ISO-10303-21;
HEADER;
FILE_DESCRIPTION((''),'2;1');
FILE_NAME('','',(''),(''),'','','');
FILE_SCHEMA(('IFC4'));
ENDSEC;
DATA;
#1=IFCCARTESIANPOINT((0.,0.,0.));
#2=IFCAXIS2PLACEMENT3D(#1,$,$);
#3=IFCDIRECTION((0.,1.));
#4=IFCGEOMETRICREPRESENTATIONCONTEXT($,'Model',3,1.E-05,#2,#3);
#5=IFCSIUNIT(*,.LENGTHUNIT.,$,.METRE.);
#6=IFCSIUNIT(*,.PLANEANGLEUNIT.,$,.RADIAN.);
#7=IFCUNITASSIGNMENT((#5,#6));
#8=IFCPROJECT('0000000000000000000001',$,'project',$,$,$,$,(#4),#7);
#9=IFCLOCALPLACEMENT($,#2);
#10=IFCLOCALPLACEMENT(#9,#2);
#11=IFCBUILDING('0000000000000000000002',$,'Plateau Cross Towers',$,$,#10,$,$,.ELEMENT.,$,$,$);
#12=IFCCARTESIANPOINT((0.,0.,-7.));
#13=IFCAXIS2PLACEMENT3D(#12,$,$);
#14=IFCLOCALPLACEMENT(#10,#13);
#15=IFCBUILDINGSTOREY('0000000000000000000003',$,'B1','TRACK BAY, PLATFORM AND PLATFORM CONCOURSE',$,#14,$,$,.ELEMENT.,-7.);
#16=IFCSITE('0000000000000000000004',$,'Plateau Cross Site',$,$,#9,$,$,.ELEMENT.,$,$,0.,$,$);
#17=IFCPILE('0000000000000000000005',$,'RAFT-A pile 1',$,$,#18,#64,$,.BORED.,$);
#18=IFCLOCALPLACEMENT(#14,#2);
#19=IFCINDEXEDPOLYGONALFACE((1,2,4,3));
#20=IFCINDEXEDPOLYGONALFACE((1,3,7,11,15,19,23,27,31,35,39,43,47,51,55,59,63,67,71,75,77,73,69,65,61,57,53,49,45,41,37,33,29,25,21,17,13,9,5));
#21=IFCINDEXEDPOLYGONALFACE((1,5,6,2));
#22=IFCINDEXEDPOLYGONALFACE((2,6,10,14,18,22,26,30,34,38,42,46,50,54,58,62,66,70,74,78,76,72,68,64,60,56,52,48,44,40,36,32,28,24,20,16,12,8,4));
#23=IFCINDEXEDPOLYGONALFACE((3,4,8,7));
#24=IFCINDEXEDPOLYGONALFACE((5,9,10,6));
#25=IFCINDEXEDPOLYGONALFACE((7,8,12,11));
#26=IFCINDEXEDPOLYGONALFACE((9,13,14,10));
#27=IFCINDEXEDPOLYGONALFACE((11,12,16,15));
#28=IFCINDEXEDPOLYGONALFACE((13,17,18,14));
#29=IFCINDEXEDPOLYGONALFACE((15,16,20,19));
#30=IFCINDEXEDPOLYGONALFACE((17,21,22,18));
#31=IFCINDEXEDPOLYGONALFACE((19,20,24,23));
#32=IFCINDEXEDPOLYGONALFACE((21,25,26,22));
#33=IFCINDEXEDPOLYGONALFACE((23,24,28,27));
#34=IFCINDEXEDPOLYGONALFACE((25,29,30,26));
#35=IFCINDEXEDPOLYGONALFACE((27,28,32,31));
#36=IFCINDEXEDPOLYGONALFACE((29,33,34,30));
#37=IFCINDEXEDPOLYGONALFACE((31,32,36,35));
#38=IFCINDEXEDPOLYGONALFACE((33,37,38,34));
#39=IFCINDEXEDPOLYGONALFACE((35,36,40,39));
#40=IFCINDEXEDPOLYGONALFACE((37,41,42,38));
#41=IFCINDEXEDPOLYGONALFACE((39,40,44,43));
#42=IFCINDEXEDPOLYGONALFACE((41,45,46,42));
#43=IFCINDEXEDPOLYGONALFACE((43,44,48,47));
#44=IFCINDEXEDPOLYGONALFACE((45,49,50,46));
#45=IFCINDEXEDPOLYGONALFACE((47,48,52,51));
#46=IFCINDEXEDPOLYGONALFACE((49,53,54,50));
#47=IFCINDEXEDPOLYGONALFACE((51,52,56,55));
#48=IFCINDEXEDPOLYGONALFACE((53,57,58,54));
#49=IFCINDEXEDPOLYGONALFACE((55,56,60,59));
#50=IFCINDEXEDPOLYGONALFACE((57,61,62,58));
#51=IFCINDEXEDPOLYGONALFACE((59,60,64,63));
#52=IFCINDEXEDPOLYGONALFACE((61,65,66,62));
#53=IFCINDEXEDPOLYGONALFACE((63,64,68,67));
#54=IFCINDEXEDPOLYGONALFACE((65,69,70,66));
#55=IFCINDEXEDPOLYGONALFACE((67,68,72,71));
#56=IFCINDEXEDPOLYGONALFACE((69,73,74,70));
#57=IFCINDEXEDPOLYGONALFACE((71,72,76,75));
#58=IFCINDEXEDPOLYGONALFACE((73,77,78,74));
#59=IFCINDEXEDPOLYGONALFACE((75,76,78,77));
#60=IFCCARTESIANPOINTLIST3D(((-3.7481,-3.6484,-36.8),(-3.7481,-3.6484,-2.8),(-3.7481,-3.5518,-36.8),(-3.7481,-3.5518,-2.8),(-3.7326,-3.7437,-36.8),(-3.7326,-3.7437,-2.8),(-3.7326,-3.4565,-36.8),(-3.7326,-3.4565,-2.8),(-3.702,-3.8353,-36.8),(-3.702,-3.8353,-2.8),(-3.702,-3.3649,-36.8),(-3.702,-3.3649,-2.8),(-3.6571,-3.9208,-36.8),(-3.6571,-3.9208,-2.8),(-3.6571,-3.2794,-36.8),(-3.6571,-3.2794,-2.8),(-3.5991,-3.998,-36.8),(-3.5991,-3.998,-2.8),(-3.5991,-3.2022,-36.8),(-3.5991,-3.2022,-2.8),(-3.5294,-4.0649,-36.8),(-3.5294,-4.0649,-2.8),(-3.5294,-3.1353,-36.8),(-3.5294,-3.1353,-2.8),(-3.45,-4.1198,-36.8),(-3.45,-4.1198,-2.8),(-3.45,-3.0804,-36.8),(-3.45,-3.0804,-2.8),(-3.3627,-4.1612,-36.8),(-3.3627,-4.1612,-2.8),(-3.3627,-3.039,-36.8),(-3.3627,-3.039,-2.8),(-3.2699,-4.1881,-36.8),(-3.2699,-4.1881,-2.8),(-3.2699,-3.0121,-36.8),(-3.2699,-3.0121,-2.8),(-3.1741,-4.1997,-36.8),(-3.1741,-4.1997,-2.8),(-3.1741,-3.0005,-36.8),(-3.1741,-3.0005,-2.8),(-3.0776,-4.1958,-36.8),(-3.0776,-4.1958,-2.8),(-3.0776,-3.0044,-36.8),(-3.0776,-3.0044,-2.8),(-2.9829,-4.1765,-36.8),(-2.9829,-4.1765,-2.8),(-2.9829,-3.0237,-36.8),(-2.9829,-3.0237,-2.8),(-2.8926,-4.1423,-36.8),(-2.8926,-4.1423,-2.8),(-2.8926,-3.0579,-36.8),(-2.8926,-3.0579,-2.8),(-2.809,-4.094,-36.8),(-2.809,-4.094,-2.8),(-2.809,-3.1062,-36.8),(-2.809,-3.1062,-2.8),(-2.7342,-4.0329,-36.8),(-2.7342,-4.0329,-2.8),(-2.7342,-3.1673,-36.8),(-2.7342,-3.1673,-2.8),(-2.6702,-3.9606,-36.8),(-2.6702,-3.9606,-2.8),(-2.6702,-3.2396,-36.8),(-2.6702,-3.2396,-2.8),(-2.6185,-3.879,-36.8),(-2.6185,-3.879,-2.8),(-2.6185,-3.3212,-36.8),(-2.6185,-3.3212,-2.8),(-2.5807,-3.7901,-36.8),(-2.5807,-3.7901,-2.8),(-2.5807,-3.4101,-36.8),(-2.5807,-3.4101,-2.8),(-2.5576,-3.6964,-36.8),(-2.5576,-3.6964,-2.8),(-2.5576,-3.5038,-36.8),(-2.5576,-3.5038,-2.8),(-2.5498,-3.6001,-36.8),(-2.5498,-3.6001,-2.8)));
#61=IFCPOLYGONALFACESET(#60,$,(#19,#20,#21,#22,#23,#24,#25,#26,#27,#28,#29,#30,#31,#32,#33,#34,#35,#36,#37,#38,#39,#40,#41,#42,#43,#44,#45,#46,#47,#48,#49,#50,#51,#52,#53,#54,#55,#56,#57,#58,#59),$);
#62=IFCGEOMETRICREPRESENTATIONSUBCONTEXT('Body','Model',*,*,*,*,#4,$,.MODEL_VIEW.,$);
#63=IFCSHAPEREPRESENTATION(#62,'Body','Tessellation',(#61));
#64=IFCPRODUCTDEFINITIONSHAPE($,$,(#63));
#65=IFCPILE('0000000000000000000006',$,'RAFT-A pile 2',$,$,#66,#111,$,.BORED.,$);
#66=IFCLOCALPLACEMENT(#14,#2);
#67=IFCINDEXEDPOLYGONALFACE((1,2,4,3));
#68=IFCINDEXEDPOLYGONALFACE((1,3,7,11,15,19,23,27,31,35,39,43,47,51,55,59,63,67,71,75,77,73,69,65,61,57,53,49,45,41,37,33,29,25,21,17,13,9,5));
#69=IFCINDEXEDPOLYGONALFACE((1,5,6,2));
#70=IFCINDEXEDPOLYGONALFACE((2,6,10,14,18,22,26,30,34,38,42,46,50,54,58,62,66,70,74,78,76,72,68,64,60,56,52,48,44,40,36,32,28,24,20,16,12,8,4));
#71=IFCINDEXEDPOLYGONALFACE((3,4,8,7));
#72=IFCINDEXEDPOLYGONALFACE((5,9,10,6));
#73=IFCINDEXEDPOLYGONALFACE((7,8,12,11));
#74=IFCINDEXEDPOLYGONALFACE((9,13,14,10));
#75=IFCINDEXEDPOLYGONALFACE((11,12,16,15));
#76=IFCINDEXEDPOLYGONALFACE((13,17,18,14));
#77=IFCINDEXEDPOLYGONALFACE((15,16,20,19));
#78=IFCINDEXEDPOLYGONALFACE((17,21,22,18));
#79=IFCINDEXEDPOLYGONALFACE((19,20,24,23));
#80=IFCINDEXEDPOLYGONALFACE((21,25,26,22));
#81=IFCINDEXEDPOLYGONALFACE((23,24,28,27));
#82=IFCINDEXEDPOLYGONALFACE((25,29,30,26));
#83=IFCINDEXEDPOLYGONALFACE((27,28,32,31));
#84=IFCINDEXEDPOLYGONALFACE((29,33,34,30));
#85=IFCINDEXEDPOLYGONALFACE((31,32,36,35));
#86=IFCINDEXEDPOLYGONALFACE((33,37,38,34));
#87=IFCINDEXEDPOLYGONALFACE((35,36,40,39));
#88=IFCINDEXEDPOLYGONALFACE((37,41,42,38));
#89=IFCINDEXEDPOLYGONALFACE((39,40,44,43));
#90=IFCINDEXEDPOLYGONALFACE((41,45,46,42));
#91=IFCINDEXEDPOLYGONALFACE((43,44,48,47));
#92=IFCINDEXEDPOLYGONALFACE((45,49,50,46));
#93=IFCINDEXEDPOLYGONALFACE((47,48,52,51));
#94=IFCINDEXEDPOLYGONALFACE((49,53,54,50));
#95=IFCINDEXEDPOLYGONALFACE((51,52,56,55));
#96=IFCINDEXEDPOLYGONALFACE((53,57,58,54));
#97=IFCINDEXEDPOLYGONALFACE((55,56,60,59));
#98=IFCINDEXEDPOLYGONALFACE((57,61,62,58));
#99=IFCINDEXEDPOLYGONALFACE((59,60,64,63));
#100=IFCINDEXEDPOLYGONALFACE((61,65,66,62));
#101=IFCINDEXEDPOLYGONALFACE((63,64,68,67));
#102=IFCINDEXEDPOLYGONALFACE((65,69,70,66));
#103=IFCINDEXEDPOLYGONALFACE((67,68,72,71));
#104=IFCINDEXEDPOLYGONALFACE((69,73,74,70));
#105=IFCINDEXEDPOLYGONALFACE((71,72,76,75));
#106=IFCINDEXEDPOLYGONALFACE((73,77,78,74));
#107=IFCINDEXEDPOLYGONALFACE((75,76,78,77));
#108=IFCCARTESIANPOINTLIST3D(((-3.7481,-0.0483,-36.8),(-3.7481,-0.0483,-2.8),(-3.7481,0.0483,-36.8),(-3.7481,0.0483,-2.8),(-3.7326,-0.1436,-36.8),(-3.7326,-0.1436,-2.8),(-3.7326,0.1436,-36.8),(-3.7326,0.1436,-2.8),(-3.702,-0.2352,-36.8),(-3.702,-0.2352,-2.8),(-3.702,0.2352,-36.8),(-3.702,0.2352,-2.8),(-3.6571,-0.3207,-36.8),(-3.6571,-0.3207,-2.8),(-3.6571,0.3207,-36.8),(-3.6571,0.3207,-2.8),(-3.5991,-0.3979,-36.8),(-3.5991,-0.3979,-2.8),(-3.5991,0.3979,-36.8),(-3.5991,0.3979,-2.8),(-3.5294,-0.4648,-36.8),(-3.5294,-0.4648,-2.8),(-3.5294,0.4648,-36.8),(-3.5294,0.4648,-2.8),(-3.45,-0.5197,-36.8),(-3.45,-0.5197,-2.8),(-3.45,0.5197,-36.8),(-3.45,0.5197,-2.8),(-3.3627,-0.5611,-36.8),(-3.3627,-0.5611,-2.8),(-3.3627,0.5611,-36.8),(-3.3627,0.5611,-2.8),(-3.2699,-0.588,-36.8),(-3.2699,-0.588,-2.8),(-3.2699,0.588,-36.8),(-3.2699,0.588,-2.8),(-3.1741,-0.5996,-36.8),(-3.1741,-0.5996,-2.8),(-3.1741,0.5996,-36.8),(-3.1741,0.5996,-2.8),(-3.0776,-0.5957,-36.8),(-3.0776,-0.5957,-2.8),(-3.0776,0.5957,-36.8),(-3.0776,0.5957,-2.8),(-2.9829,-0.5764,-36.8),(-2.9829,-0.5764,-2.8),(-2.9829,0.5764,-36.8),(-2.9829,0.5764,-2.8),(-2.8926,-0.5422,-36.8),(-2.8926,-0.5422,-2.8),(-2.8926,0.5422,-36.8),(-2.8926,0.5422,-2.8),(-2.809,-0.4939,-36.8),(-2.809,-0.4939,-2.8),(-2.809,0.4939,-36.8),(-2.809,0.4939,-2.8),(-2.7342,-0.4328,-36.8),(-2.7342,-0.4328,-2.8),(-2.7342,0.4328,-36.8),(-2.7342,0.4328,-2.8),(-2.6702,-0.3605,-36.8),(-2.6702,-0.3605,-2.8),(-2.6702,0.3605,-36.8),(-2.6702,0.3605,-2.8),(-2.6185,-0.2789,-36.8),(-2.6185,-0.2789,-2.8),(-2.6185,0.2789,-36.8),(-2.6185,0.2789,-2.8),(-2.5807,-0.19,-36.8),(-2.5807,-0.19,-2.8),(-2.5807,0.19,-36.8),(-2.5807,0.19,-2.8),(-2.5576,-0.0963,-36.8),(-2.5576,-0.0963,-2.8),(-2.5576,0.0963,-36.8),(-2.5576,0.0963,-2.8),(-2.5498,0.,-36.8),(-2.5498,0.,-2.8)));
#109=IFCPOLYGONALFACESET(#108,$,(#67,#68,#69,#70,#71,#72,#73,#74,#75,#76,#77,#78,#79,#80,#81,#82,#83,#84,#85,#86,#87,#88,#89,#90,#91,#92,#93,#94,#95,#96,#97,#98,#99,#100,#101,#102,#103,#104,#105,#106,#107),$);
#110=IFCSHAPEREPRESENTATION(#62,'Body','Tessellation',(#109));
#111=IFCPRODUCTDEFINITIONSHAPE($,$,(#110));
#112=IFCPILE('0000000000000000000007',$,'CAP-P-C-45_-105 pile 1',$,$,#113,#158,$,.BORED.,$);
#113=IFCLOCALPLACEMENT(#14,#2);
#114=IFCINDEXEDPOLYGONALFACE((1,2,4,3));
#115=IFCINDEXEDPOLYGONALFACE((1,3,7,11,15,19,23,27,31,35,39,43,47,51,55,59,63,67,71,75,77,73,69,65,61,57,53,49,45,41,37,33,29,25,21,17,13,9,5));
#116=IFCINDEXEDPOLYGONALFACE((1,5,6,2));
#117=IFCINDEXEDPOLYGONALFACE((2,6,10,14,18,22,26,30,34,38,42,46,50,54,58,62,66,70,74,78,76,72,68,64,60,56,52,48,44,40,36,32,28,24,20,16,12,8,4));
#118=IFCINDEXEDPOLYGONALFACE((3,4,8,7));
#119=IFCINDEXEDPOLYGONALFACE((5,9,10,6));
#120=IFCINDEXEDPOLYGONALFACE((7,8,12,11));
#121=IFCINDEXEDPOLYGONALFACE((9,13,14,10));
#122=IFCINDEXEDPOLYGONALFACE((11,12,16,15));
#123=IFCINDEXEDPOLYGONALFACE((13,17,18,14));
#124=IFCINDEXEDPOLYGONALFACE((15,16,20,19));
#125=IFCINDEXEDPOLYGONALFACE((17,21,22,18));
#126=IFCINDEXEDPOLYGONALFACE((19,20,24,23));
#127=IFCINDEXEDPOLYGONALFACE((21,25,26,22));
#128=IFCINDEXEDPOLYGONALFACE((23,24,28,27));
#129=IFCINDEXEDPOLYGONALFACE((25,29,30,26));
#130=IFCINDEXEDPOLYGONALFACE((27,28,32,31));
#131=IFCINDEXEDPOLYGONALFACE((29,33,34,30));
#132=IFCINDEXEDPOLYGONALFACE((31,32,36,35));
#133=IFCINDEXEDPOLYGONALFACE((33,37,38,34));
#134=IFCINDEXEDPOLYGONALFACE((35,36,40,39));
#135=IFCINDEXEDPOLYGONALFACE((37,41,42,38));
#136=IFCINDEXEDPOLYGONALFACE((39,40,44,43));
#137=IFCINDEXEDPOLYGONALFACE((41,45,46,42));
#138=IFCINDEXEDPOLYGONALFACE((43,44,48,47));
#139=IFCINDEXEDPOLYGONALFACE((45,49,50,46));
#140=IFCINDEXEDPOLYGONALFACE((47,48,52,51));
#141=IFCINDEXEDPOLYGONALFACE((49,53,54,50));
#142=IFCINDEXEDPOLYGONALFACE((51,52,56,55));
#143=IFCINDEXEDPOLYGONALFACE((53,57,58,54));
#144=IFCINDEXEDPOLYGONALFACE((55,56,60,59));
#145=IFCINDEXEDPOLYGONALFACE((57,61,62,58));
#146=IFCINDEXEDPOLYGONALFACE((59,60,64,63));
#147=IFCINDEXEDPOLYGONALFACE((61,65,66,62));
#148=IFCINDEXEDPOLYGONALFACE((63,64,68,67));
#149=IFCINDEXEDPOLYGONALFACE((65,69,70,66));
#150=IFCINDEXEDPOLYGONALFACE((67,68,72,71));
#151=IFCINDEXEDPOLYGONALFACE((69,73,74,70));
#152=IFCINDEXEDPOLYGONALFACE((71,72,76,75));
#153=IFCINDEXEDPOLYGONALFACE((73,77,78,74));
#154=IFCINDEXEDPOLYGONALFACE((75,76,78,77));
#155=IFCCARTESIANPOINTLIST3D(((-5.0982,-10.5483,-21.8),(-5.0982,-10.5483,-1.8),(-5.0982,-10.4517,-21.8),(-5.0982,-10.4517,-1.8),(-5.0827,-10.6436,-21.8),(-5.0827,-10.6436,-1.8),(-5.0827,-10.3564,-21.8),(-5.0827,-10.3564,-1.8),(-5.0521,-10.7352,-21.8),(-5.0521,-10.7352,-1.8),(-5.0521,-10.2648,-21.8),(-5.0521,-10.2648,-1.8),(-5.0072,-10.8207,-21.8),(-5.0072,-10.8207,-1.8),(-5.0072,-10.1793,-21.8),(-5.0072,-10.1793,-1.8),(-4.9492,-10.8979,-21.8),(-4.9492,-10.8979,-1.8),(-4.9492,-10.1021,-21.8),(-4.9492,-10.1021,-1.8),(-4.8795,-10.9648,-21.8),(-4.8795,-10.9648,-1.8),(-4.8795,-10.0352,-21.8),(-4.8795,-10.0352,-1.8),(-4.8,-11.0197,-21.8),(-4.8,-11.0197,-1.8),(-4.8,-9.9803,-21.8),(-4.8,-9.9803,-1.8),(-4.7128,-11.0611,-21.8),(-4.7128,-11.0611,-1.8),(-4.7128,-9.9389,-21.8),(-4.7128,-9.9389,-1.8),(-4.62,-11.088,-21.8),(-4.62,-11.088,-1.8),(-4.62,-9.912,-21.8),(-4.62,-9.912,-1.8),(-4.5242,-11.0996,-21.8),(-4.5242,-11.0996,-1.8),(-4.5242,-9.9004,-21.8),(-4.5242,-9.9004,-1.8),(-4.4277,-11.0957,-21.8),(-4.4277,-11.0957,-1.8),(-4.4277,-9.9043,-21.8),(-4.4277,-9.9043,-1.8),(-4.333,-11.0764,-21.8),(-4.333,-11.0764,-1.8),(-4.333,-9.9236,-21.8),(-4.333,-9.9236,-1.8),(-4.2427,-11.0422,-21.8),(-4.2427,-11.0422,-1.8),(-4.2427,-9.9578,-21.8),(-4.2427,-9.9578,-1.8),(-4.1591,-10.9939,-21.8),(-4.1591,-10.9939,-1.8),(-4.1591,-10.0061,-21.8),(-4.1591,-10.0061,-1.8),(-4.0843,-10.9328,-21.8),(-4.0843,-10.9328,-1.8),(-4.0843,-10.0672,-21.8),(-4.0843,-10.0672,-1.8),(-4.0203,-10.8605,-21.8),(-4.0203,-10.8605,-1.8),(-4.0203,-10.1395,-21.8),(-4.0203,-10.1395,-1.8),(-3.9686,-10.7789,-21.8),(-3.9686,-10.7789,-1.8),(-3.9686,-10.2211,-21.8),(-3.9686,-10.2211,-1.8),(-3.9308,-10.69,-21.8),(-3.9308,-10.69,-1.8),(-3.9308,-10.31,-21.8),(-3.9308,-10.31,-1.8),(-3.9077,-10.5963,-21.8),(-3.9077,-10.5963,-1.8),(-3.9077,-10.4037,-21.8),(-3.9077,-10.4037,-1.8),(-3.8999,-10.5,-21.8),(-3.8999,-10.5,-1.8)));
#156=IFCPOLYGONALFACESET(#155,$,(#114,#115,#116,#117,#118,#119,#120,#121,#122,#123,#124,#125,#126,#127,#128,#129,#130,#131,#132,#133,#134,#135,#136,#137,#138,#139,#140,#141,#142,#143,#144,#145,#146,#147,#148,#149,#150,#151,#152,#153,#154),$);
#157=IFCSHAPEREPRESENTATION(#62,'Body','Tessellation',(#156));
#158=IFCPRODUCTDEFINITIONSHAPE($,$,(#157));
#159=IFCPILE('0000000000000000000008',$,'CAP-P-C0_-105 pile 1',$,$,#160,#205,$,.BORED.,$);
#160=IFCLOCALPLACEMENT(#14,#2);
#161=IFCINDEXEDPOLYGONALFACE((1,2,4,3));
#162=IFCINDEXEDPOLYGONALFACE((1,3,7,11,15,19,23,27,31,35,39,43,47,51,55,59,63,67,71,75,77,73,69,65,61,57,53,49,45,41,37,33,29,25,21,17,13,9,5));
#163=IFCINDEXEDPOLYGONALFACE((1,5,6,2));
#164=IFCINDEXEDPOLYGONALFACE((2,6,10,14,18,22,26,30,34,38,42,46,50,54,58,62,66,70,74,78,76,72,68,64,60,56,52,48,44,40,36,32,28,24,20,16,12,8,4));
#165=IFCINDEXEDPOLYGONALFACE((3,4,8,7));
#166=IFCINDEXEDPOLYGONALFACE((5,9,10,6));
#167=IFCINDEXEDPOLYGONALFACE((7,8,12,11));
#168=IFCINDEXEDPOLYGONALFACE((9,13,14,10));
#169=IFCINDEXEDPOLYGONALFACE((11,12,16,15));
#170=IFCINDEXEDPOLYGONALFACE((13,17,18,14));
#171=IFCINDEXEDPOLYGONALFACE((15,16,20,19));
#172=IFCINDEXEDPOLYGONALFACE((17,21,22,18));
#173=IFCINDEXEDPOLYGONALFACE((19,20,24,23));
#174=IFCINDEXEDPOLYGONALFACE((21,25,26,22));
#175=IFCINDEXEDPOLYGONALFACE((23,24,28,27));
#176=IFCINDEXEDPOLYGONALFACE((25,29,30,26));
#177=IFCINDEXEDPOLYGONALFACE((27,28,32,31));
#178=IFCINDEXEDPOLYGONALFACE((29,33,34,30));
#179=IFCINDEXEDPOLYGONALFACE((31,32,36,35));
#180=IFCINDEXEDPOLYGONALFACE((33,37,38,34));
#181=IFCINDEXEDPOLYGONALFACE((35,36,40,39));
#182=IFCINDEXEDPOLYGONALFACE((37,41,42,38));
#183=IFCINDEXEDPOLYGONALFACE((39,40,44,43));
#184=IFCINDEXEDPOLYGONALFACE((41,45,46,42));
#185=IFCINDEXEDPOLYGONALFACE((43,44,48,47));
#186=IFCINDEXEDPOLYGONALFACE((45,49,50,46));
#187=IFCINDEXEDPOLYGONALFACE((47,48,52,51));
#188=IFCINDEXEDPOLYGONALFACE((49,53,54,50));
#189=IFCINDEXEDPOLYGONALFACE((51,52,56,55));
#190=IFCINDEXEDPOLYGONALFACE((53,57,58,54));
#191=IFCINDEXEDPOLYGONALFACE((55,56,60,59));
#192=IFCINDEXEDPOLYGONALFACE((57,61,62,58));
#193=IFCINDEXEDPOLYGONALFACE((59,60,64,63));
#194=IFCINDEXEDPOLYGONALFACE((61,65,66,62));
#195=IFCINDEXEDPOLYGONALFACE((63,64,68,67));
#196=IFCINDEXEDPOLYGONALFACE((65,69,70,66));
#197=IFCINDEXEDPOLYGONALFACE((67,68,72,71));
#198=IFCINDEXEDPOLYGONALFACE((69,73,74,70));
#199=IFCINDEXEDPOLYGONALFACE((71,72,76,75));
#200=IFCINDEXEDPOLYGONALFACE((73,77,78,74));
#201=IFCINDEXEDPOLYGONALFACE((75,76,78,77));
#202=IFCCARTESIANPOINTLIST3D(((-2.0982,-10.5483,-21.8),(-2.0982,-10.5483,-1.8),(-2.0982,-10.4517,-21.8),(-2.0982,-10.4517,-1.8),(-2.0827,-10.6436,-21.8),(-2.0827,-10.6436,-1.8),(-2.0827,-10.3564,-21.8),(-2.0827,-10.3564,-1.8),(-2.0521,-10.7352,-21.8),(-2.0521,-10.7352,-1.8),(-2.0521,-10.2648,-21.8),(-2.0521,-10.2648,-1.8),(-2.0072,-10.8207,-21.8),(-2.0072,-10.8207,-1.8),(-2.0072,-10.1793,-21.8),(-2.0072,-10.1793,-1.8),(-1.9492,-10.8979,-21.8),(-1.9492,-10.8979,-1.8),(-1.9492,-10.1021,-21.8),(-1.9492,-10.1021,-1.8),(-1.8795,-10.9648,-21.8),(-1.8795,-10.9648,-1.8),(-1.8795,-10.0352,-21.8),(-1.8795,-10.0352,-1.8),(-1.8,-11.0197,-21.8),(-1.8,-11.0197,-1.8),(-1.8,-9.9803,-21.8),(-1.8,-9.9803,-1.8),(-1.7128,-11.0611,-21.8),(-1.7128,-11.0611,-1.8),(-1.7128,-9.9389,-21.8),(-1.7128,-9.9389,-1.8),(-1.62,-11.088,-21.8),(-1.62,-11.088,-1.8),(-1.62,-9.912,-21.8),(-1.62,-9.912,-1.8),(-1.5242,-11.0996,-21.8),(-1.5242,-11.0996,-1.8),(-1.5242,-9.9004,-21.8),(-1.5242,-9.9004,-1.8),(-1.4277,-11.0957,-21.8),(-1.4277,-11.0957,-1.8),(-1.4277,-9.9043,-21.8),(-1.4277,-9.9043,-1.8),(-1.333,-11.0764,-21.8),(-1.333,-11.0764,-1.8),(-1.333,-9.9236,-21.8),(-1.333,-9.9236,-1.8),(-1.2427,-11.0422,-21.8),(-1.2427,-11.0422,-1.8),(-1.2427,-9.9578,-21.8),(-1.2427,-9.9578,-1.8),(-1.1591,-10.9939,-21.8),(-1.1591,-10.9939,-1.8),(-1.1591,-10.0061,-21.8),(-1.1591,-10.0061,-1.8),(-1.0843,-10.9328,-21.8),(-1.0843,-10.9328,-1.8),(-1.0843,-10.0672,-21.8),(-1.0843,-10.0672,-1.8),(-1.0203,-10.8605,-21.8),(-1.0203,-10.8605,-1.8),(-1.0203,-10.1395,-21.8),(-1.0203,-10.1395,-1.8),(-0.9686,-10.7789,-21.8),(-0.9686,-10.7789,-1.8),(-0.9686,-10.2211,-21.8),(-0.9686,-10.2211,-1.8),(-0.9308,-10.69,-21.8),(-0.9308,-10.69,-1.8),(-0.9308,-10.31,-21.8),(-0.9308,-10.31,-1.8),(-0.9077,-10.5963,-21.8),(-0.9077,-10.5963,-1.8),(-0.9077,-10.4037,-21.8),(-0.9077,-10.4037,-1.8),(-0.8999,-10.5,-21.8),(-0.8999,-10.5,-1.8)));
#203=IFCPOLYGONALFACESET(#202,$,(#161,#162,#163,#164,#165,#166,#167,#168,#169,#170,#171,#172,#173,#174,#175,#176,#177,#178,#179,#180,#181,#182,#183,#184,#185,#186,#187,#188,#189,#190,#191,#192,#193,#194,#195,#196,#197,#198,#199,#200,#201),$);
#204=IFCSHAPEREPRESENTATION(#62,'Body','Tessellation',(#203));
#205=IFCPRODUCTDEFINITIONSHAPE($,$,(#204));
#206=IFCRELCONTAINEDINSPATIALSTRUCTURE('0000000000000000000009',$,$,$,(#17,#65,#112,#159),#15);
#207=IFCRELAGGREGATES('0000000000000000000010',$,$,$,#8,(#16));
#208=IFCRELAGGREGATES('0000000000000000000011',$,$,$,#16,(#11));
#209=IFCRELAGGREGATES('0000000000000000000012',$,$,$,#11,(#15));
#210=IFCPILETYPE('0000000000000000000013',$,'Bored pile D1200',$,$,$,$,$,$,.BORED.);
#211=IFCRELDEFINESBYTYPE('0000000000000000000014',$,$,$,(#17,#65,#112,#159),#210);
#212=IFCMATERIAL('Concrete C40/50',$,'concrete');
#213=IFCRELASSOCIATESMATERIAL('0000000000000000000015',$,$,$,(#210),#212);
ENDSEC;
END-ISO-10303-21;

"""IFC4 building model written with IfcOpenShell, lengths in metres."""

from ifc_helpers import new_model, si_unit, direction, frame, origin, origin_2d, place, context, subcontext, project, spatial, circle, extrude, material, material_profile, profile_set, type_object, element, save


model = new_model("IFC4")

# Units and contexts
model_context = context("Model", 3, precision=1e-05, world=origin(), true_north=direction((0.0, 1.0)))
body_context = subcontext(model_context, "Body", "Model", "MODEL_VIEW")
ifc_project = project(units=[si_unit("LENGTHUNIT", "METRE"), si_unit("PLANEANGLEUNIT", "RADIAN")], contexts=[model_context])

# Site, building, storey
site_placement = place(None, origin())
site = spatial("IfcSite", under=ifc_project, at=site_placement, Name="Plateau Cross Site", CompositionType="ELEMENT", RefElevation=0.0)
building_placement = place(site_placement, origin())
building = spatial("IfcBuilding", under=site, at=building_placement, Name="Plateau Cross Towers", CompositionType="ELEMENT")
storey_placement = place(building_placement, frame((0.0, 0.0, -7.0)))
storey = spatial("IfcBuildingStorey", under=building, at=storey_placement, Name="B1", Description="TRACK BAY, PLATFORM AND PLATFORM CONCOURSE", CompositionType="ELEMENT", Elevation=-7.0)

# Piles
ifc_material_1 = material(Name="Concrete C40/50", Category="concrete")
ifc_material_profile_1 = material_profile(ifc_material_1, circle(Radius=0.6001, at=origin_2d()), Name="Bored pile D1200")
ifc_profile_set_1 = profile_set([ifc_material_profile_1], Name="Concrete C40/50")
pile_type = type_object("IfcPileType", Name="Bored pile D1200", PredefinedType="BORED", material=ifc_profile_set_1)
for number, where, z_axis, x_axis, name in (
    (1, (-3.1499, -3.6001, -2.8), (0.0, 0.0, -1.0), (1.0, 0.0, 0.0), "RAFT-A pile 1"),
    (2, (-3.1499, 0.0, -2.8), (0.0, 0.0, -1.0), (1.0, 0.0, 0.0), "RAFT-A pile 2"),
):
    element("IfcPile", number, at=place(storey_placement, frame(where, z_axis=z_axis, x_axis=x_axis)), inside=storey, type_object=pile_type, Name=name, PredefinedType="BORED", context=body_context, shape_type="SweptSolid", body=[
        extrude(circle(Radius=0.6001, at=origin_2d()), origin(), (0.0, 0.0, 1.0), 34.0),
    ])
for number, where, z_axis, x_axis, name in (
    (3, (-4.5, -10.5, -1.8), (0.0, 0.0, -1.0), (1.0, 0.0, 0.0), "CAP-P-C-45_-105 pile 1"),
    (4, (-1.5, -10.5, -1.8), (0.0, 0.0, -1.0), (1.0, 0.0, 0.0), "CAP-P-C0_-105 pile 1"),
):
    element("IfcPile", number, at=place(storey_placement, frame(where, z_axis=z_axis, x_axis=x_axis)), inside=storey, type_object=pile_type, Name=name, PredefinedType="BORED", context=body_context, shape_type="SweptSolid", body=[
        extrude(circle(Radius=0.6001, at=origin_2d()), origin(), (0.0, 0.0, 1.0), 20.0),
    ])

save(model, "model.ifc")
